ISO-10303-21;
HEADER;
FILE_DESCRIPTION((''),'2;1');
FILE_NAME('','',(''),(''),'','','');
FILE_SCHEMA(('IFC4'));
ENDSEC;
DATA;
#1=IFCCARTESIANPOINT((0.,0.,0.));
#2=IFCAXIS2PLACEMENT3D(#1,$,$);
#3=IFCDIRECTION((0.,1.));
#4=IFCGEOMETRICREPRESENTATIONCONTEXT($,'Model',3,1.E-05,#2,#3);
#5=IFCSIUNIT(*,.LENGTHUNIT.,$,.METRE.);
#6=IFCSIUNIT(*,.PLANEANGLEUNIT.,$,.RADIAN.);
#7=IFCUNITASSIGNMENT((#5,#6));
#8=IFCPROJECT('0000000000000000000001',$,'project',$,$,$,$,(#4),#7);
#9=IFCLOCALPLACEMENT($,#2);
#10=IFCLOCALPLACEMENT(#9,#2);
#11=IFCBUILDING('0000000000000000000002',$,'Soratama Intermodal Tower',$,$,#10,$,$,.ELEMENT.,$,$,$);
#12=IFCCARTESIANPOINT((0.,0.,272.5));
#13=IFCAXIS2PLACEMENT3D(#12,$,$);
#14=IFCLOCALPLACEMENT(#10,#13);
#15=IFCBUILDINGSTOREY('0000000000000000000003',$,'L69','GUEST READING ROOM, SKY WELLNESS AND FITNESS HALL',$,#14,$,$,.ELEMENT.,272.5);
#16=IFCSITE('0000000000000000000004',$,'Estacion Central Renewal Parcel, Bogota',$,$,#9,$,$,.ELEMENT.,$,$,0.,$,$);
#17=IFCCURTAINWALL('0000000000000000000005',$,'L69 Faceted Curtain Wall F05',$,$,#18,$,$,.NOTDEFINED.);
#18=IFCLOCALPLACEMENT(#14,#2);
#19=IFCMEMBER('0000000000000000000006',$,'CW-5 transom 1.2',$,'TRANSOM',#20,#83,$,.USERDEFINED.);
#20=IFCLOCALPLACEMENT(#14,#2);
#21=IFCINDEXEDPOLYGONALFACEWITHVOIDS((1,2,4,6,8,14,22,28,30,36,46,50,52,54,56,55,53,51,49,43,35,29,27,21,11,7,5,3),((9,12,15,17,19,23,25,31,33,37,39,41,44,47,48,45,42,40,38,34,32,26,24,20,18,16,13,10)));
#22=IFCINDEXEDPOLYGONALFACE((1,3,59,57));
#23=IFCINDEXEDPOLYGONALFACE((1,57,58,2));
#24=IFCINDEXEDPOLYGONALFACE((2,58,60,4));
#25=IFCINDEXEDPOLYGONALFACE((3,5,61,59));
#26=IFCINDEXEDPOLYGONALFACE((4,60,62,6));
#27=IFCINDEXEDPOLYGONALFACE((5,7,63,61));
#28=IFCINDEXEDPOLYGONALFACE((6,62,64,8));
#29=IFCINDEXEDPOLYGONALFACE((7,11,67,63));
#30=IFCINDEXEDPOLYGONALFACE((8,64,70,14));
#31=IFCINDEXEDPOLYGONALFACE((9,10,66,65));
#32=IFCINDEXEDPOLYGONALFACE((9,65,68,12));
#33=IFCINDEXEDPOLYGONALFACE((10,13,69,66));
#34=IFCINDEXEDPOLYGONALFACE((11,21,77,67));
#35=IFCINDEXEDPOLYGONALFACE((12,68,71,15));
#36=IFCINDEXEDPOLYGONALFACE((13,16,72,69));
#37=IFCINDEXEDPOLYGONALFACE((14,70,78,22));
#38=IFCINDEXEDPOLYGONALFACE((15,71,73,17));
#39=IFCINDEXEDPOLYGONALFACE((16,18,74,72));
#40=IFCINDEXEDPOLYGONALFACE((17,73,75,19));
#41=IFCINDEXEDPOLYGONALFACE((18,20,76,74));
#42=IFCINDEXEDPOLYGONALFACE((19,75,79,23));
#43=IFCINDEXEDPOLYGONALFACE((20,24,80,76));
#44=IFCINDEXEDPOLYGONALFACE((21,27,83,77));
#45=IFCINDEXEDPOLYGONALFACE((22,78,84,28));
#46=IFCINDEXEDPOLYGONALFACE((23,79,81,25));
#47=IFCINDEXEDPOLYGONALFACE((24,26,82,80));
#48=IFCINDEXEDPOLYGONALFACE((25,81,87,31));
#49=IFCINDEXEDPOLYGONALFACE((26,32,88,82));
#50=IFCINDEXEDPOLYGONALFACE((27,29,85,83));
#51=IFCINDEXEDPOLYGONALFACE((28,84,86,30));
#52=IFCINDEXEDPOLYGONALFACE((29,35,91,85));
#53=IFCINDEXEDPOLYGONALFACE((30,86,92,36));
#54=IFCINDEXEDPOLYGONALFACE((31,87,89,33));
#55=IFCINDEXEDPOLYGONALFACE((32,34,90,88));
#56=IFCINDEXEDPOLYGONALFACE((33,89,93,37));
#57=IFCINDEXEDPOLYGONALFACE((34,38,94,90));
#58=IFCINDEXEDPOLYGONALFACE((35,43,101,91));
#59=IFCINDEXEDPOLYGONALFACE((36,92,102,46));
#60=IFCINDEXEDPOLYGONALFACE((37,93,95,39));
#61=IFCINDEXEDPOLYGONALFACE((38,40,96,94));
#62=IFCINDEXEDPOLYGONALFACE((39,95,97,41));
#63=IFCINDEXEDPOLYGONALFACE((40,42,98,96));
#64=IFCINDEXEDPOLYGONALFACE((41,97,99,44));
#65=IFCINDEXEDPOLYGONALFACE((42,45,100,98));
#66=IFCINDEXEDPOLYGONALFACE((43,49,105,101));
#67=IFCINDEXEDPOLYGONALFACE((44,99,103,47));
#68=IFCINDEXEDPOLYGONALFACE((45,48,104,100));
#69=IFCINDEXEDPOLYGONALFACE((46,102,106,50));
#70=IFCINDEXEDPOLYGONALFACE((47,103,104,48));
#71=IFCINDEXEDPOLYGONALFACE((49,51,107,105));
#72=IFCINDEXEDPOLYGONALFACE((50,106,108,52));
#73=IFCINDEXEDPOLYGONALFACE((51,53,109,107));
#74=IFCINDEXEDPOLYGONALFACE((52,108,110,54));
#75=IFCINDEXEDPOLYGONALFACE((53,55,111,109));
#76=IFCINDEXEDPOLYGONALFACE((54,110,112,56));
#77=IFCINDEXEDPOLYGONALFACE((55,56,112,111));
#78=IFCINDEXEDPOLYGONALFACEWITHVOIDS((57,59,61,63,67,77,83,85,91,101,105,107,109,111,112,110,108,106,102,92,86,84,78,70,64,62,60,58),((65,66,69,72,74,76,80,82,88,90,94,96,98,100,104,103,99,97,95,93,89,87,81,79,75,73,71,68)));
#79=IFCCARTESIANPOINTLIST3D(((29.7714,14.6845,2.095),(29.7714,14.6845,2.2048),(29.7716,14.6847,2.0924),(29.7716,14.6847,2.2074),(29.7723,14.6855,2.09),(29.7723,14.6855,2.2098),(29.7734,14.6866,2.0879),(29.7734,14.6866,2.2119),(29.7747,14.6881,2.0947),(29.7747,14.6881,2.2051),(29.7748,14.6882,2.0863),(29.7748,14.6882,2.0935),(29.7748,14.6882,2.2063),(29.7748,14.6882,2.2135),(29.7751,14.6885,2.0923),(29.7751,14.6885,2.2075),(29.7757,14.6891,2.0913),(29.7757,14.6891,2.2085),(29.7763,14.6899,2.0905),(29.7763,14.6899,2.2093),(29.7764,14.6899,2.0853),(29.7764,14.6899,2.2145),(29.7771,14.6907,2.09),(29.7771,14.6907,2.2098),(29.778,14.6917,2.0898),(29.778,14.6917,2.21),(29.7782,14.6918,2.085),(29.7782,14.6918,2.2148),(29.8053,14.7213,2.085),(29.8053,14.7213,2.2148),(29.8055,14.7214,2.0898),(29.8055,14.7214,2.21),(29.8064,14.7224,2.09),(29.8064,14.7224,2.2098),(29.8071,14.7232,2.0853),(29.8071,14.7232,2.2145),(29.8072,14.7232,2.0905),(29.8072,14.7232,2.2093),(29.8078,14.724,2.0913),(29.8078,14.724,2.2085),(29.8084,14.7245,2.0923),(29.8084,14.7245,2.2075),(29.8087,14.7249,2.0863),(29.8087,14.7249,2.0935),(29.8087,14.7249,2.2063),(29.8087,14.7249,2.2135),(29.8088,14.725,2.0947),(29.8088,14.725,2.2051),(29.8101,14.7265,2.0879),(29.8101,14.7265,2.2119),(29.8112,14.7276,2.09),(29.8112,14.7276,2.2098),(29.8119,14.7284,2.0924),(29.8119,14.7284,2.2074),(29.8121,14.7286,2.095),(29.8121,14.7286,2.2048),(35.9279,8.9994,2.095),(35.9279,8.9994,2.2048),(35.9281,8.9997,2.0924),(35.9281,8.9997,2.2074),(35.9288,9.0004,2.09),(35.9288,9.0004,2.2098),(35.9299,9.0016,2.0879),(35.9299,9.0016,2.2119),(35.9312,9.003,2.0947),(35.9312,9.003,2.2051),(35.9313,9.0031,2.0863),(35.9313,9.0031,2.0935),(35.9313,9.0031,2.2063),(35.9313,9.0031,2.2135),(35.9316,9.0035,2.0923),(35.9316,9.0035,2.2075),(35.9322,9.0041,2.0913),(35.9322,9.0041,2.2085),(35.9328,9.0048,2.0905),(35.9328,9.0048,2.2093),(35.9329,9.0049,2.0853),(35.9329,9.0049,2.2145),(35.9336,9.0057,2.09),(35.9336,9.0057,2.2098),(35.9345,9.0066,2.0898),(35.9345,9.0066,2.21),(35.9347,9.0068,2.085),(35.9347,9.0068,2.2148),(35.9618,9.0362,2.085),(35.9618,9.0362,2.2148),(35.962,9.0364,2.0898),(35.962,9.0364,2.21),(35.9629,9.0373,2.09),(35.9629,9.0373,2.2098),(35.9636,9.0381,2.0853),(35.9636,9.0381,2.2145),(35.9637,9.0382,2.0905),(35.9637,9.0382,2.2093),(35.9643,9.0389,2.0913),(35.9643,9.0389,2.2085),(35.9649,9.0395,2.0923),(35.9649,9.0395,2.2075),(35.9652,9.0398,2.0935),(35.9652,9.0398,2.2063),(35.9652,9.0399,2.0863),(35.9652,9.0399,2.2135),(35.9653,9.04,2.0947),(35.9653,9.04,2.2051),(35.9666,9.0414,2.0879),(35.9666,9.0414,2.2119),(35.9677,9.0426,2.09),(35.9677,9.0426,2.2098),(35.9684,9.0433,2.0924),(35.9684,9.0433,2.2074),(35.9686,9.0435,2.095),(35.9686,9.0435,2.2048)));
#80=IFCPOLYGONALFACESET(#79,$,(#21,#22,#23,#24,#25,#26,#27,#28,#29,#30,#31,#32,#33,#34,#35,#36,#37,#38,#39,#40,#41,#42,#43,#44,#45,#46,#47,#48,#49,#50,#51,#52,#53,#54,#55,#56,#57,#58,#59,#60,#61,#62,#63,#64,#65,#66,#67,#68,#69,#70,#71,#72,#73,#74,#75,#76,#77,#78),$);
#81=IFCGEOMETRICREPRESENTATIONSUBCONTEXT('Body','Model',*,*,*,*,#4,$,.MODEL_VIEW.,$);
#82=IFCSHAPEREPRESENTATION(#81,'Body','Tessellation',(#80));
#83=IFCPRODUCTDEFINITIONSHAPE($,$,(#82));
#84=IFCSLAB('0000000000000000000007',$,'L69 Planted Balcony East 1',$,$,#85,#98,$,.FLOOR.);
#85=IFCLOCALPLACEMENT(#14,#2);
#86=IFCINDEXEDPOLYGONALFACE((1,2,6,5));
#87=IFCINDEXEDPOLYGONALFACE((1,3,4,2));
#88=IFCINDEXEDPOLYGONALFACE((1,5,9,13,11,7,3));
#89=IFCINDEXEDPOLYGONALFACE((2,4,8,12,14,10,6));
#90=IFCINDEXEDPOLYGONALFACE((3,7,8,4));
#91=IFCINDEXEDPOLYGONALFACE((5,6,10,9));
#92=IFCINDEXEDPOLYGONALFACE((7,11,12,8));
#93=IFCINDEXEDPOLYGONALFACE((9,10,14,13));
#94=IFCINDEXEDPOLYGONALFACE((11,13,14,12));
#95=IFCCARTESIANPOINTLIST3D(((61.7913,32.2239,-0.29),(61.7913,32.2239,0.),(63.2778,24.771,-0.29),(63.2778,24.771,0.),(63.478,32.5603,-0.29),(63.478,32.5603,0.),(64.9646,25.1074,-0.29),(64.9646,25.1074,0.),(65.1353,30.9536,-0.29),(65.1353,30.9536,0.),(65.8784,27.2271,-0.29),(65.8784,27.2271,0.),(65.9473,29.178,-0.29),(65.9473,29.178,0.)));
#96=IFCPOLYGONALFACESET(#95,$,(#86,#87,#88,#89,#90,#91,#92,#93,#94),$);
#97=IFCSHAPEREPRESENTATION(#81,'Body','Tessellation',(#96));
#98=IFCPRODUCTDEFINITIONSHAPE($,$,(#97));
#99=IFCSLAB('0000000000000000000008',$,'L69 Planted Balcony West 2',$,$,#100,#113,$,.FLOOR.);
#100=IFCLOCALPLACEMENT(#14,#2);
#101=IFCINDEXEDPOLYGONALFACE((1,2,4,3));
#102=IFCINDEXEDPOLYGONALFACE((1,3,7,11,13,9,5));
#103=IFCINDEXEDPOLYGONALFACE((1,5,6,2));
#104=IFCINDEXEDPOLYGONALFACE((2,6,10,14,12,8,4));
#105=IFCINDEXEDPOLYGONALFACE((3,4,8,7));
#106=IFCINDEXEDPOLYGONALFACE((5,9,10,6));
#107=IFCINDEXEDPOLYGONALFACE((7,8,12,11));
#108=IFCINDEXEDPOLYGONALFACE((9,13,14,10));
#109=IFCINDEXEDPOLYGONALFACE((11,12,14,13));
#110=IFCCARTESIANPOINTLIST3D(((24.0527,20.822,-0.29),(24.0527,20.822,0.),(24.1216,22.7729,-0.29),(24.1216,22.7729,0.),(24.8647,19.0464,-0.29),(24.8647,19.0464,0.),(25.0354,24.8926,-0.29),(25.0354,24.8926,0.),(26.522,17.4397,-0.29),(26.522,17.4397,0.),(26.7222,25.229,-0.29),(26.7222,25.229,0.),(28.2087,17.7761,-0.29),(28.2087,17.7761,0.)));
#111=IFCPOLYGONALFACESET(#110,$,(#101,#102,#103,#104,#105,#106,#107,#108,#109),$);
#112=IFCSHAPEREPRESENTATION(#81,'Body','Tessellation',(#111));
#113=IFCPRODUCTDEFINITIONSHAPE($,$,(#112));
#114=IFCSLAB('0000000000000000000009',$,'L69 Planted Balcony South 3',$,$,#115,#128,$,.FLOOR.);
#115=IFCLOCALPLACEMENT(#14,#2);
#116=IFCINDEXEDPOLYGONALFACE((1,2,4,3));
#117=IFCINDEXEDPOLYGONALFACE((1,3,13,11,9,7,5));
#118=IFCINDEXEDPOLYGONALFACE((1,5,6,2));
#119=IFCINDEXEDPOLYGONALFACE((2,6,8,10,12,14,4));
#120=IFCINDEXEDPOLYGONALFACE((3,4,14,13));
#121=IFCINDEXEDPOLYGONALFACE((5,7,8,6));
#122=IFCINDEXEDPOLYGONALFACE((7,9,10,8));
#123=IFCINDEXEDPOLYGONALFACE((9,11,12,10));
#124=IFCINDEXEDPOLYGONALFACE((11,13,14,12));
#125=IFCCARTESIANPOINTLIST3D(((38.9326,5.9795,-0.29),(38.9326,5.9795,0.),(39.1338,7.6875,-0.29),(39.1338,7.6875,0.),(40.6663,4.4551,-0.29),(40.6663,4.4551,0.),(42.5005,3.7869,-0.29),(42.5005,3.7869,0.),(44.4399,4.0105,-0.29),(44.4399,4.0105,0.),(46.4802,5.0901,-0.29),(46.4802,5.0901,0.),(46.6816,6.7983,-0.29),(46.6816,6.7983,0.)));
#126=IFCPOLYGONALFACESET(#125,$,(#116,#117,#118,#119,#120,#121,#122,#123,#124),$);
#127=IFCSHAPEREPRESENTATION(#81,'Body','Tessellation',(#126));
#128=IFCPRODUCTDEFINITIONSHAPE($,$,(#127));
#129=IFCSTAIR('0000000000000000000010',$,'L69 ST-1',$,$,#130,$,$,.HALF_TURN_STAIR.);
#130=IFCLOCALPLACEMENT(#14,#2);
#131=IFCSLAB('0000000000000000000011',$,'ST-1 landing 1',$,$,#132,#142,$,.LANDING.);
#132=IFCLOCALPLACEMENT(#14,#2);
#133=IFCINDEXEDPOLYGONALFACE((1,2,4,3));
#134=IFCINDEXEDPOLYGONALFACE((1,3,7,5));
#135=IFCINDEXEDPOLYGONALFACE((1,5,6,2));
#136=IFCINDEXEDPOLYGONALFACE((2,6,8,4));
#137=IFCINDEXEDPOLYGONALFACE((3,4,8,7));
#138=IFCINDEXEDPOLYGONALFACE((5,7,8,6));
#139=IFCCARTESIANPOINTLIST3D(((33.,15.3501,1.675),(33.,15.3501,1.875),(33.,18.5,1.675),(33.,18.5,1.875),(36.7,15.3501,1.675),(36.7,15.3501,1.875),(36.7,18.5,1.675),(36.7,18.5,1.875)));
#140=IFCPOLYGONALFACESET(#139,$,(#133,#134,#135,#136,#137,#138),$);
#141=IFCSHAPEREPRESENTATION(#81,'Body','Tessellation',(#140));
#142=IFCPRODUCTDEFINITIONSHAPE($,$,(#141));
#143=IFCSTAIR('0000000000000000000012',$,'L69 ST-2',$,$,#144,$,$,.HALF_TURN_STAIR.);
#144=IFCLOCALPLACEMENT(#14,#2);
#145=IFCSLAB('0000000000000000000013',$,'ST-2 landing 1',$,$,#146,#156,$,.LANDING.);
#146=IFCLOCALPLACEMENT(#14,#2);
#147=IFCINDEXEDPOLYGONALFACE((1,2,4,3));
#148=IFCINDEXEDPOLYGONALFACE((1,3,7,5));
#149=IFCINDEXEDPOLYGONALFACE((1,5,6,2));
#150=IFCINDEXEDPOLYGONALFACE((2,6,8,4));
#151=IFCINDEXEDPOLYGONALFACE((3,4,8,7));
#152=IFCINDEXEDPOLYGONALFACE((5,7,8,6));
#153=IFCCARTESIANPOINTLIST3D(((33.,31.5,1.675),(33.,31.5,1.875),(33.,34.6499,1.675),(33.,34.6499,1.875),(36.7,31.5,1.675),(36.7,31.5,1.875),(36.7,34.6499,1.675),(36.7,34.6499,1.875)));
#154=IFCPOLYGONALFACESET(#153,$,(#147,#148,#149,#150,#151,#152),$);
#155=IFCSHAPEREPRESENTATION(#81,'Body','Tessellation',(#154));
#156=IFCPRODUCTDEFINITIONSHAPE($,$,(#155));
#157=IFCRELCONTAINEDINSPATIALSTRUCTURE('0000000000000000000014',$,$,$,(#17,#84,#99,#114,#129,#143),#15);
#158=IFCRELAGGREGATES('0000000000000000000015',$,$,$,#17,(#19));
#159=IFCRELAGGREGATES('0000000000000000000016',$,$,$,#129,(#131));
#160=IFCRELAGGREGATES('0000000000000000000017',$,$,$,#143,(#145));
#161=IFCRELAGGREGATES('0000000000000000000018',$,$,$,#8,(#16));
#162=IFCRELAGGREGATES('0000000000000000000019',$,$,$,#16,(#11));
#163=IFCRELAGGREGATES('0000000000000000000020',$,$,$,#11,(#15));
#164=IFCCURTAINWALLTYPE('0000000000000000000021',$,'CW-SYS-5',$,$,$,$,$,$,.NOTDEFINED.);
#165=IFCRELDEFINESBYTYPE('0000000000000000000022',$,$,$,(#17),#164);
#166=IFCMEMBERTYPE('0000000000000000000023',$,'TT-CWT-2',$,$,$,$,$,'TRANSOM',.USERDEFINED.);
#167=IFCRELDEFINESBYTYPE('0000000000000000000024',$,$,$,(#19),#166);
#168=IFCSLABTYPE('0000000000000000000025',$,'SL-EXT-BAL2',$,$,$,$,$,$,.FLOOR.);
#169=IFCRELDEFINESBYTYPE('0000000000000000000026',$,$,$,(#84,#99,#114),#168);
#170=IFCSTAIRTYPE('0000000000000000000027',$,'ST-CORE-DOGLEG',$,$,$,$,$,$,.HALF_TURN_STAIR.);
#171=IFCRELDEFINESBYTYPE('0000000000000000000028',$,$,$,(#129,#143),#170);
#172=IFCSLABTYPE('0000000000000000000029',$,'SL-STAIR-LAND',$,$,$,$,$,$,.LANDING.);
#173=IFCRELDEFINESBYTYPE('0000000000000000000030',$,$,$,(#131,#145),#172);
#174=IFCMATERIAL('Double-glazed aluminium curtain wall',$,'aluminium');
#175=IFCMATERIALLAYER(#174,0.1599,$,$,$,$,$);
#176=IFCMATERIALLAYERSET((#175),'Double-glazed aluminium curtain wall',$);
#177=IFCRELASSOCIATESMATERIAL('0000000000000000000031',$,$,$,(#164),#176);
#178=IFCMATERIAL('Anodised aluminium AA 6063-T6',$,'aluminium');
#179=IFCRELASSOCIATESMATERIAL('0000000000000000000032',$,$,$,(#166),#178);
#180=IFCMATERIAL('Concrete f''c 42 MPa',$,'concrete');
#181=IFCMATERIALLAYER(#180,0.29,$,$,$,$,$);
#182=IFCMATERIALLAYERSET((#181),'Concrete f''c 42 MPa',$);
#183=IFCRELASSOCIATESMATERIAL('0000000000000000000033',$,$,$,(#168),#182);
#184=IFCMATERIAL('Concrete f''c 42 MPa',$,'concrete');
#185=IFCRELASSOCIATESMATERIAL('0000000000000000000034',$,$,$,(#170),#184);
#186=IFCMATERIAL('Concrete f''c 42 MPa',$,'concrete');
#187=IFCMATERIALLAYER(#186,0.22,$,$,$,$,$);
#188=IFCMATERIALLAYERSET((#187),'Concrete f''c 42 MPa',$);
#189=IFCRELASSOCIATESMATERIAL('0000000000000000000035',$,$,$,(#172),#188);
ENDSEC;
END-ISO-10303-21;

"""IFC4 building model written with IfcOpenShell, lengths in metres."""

from ifc_helpers import new_model, si_unit, direction, frame, origin, origin_2d, place, context, subcontext, project, spatial, polyline, hollow_rectangle, outline, extrude, material, layer, layer_set, material_profile, profile_set, type_object, element, aggregate, save


model = new_model("IFC4")

# Units and contexts
model_context = context("Model", 3, precision=1e-05, world=origin(), true_north=direction((0.0, 1.0)))
body_context = subcontext(model_context, "Body", "Model", "MODEL_VIEW")
ifc_project = project(units=[si_unit("LENGTHUNIT", "METRE"), si_unit("PLANEANGLEUNIT", "RADIAN")], contexts=[model_context])

# Site, building, storey
site_placement = place(None, origin())
site = spatial("IfcSite", under=ifc_project, at=site_placement, Name="Estacion Central Renewal Parcel, Bogota", CompositionType="ELEMENT", RefElevation=0.0)
building_placement = place(site_placement, origin())
building = spatial("IfcBuilding", under=site, at=building_placement, Name="Soratama Intermodal Tower", CompositionType="ELEMENT")
storey_placement = place(building_placement, frame((0.0, 0.0, 272.5)))
storey = spatial("IfcBuildingStorey", under=building, at=storey_placement, Name="L69", Description="GUEST READING ROOM, SKY WELLNESS AND FITNESS HALL", CompositionType="ELEMENT", Elevation=272.5)

# Curtain wall, member
ifc_material_1 = material(Name="Double-glazed aluminium curtain wall", Category="aluminium")
ifc_layer_1 = layer(ifc_material_1, 0.1599)
ifc_layer_set_1 = layer_set([ifc_layer_1], Name="Double-glazed aluminium curtain wall")
curtain_wall_type = type_object("IfcCurtainWallType", Name="CW-SYS-5", PredefinedType="NOTDEFINED", material=ifc_layer_set_1)
curtain_wall_placement = place(storey_placement, origin())
curtain_wall = element("IfcCurtainWall", 1, at=curtain_wall_placement, inside=storey, type_object=curtain_wall_type, Name="L69 Faceted Curtain Wall F05", PredefinedType="NOTDEFINED")
ifc_material_2 = material(Name="Anodised aluminium AA 6063-T6", Category="aluminium")
ifc_material_profile_1 = material_profile(ifc_material_2, hollow_rectangle(XDim=0.0601, YDim=0.1299, WallThickness=0.0049, InnerFilletRadius=0.0049, OuterFilletRadius=0.01, at=origin_2d()), Name="CWT130X60X5")
ifc_profile_set_1 = profile_set([ifc_material_profile_1], Name="Anodised aluminium AA 6063-T6")
member_type_1 = type_object("IfcMemberType", Name="TT-CWT-2", ElementType="TRANSOM", PredefinedType="USERDEFINED", material=ifc_profile_set_1)
member_1_placement = place(storey_placement, frame((29.7917, 14.7065, 2.1499), z_axis=(0.734676, -0.678418, 0.0), x_axis=(0.678418, 0.734676, 0.0)))
member_1 = element("IfcMember", 2, at=member_1_placement, type_object=member_type_1, Name="CW-5 transom 1.2", ObjectType="TRANSOM", PredefinedType="USERDEFINED", context=body_context, shape_type="SweptSolid", body=[
    extrude(hollow_rectangle(XDim=0.0601, YDim=0.1299, WallThickness=0.0049, InnerFilletRadius=0.0049, OuterFilletRadius=0.01, at=origin_2d()), origin(), (0.0, 0.0, 1.0), 8.3799),
])
aggregate(curtain_wall, [member_1])

# Slabs
ifc_material_3 = material(Name="Concrete f'c 42 MPa", Category="concrete")
ifc_layer_2 = layer(ifc_material_3, 0.29)
ifc_layer_set_2 = layer_set([ifc_layer_2], Name="Concrete f'c 42 MPa")
slab_type_1 = type_object("IfcSlabType", Name="SL-EXT-BAL2", PredefinedType="FLOOR", material=ifc_layer_set_2)
slab_1_placement = place(storey_placement, frame((0.0, 0.0, -0.29)))
element("IfcSlab", 3, at=slab_1_placement, inside=storey, type_object=slab_type_1, Name="L69 Planted Balcony East 1", PredefinedType="FLOOR", context=body_context, shape_type="SweptSolid", body=[
    extrude(outline(polyline([(63.2778, 24.771), (61.7913, 32.2239), (63.478, 32.5603), (65.1353, 30.9536), (65.9473, 29.178), (65.8784, 27.2271), (64.9646, 25.1074), (63.2778, 24.771)])), origin(), (0.0, 0.0, 1.0), 0.29),
])
slab_2_placement = place(storey_placement, frame((0.0, 0.0, -0.29)))
element("IfcSlab", 4, at=slab_2_placement, inside=storey, type_object=slab_type_1, Name="L69 Planted Balcony West 2", PredefinedType="FLOOR", context=body_context, shape_type="SweptSolid", body=[
    extrude(outline(polyline([(26.7222, 25.229), (28.2087, 17.7761), (26.522, 17.4397), (24.8647, 19.0464), (24.0527, 20.822), (24.1216, 22.7729), (25.0354, 24.8926), (26.7222, 25.229)])), origin(), (0.0, 0.0, 1.0), 0.29),
])
slab_3_placement = place(storey_placement, frame((0.0, 0.0, -0.29)))
element("IfcSlab", 5, at=slab_3_placement, inside=storey, type_object=slab_type_1, Name="L69 Planted Balcony South 3", PredefinedType="FLOOR", context=body_context, shape_type="SweptSolid", body=[
    extrude(outline(polyline([(39.1338, 7.6875), (46.6816, 6.7983), (46.4802, 5.0901), (44.4399, 4.0105), (42.5005, 3.7869), (40.6663, 4.4551), (38.9326, 5.9795), (39.1338, 7.6875)])), origin(), (0.0, 0.0, 1.0), 0.29),
])

# Stairs, slabs
ifc_material_4 = material(Name="Concrete f'c 42 MPa", Category="concrete")
stair_type = type_object("IfcStairType", Name="ST-CORE-DOGLEG", PredefinedType="HALF_TURN_STAIR", material=ifc_material_4)
stair_1_placement = place(storey_placement, origin())
stair_1 = element("IfcStair", 6, at=stair_1_placement, inside=storey, type_object=stair_type, Name="L69 ST-1", PredefinedType="HALF_TURN_STAIR")
ifc_material_5 = material(Name="Concrete f'c 42 MPa", Category="concrete")
ifc_layer_3 = layer(ifc_material_5, 0.22)
ifc_layer_set_3 = layer_set([ifc_layer_3], Name="Concrete f'c 42 MPa")
slab_type_2 = type_object("IfcSlabType", Name="SL-STAIR-LAND", PredefinedType="LANDING", material=ifc_layer_set_3)
slab_4_placement = place(storey_placement, frame((0.0, 0.0, 1.675)))
slab_4 = element("IfcSlab", 7, at=slab_4_placement, type_object=slab_type_2, Name="ST-1 landing 1", PredefinedType="LANDING", context=body_context, shape_type="SweptSolid", body=[
    extrude(outline(polyline([(36.7, 18.5), (33.0, 18.5), (33.0, 15.3501), (36.7, 15.3501), (36.7, 18.5)])), origin(), (0.0, 0.0, 1.0), 0.2),
])
aggregate(stair_1, [slab_4])
stair_2_placement = place(storey_placement, origin())
stair_2 = element("IfcStair", 8, at=stair_2_placement, inside=storey, type_object=stair_type, Name="L69 ST-2", PredefinedType="HALF_TURN_STAIR")
slab_5_placement = place(storey_placement, frame((0.0, 0.0, 1.675)))
slab_5 = element("IfcSlab", 9, at=slab_5_placement, type_object=slab_type_2, Name="ST-2 landing 1", PredefinedType="LANDING", context=body_context, shape_type="SweptSolid", body=[
    extrude(outline(polyline([(36.7, 34.6499), (33.0, 34.6499), (33.0, 31.5), (36.7, 31.5), (36.7, 34.6499)])), origin(), (0.0, 0.0, 1.0), 0.2),
])
aggregate(stair_2, [slab_5])

save(model, "model.ifc")
